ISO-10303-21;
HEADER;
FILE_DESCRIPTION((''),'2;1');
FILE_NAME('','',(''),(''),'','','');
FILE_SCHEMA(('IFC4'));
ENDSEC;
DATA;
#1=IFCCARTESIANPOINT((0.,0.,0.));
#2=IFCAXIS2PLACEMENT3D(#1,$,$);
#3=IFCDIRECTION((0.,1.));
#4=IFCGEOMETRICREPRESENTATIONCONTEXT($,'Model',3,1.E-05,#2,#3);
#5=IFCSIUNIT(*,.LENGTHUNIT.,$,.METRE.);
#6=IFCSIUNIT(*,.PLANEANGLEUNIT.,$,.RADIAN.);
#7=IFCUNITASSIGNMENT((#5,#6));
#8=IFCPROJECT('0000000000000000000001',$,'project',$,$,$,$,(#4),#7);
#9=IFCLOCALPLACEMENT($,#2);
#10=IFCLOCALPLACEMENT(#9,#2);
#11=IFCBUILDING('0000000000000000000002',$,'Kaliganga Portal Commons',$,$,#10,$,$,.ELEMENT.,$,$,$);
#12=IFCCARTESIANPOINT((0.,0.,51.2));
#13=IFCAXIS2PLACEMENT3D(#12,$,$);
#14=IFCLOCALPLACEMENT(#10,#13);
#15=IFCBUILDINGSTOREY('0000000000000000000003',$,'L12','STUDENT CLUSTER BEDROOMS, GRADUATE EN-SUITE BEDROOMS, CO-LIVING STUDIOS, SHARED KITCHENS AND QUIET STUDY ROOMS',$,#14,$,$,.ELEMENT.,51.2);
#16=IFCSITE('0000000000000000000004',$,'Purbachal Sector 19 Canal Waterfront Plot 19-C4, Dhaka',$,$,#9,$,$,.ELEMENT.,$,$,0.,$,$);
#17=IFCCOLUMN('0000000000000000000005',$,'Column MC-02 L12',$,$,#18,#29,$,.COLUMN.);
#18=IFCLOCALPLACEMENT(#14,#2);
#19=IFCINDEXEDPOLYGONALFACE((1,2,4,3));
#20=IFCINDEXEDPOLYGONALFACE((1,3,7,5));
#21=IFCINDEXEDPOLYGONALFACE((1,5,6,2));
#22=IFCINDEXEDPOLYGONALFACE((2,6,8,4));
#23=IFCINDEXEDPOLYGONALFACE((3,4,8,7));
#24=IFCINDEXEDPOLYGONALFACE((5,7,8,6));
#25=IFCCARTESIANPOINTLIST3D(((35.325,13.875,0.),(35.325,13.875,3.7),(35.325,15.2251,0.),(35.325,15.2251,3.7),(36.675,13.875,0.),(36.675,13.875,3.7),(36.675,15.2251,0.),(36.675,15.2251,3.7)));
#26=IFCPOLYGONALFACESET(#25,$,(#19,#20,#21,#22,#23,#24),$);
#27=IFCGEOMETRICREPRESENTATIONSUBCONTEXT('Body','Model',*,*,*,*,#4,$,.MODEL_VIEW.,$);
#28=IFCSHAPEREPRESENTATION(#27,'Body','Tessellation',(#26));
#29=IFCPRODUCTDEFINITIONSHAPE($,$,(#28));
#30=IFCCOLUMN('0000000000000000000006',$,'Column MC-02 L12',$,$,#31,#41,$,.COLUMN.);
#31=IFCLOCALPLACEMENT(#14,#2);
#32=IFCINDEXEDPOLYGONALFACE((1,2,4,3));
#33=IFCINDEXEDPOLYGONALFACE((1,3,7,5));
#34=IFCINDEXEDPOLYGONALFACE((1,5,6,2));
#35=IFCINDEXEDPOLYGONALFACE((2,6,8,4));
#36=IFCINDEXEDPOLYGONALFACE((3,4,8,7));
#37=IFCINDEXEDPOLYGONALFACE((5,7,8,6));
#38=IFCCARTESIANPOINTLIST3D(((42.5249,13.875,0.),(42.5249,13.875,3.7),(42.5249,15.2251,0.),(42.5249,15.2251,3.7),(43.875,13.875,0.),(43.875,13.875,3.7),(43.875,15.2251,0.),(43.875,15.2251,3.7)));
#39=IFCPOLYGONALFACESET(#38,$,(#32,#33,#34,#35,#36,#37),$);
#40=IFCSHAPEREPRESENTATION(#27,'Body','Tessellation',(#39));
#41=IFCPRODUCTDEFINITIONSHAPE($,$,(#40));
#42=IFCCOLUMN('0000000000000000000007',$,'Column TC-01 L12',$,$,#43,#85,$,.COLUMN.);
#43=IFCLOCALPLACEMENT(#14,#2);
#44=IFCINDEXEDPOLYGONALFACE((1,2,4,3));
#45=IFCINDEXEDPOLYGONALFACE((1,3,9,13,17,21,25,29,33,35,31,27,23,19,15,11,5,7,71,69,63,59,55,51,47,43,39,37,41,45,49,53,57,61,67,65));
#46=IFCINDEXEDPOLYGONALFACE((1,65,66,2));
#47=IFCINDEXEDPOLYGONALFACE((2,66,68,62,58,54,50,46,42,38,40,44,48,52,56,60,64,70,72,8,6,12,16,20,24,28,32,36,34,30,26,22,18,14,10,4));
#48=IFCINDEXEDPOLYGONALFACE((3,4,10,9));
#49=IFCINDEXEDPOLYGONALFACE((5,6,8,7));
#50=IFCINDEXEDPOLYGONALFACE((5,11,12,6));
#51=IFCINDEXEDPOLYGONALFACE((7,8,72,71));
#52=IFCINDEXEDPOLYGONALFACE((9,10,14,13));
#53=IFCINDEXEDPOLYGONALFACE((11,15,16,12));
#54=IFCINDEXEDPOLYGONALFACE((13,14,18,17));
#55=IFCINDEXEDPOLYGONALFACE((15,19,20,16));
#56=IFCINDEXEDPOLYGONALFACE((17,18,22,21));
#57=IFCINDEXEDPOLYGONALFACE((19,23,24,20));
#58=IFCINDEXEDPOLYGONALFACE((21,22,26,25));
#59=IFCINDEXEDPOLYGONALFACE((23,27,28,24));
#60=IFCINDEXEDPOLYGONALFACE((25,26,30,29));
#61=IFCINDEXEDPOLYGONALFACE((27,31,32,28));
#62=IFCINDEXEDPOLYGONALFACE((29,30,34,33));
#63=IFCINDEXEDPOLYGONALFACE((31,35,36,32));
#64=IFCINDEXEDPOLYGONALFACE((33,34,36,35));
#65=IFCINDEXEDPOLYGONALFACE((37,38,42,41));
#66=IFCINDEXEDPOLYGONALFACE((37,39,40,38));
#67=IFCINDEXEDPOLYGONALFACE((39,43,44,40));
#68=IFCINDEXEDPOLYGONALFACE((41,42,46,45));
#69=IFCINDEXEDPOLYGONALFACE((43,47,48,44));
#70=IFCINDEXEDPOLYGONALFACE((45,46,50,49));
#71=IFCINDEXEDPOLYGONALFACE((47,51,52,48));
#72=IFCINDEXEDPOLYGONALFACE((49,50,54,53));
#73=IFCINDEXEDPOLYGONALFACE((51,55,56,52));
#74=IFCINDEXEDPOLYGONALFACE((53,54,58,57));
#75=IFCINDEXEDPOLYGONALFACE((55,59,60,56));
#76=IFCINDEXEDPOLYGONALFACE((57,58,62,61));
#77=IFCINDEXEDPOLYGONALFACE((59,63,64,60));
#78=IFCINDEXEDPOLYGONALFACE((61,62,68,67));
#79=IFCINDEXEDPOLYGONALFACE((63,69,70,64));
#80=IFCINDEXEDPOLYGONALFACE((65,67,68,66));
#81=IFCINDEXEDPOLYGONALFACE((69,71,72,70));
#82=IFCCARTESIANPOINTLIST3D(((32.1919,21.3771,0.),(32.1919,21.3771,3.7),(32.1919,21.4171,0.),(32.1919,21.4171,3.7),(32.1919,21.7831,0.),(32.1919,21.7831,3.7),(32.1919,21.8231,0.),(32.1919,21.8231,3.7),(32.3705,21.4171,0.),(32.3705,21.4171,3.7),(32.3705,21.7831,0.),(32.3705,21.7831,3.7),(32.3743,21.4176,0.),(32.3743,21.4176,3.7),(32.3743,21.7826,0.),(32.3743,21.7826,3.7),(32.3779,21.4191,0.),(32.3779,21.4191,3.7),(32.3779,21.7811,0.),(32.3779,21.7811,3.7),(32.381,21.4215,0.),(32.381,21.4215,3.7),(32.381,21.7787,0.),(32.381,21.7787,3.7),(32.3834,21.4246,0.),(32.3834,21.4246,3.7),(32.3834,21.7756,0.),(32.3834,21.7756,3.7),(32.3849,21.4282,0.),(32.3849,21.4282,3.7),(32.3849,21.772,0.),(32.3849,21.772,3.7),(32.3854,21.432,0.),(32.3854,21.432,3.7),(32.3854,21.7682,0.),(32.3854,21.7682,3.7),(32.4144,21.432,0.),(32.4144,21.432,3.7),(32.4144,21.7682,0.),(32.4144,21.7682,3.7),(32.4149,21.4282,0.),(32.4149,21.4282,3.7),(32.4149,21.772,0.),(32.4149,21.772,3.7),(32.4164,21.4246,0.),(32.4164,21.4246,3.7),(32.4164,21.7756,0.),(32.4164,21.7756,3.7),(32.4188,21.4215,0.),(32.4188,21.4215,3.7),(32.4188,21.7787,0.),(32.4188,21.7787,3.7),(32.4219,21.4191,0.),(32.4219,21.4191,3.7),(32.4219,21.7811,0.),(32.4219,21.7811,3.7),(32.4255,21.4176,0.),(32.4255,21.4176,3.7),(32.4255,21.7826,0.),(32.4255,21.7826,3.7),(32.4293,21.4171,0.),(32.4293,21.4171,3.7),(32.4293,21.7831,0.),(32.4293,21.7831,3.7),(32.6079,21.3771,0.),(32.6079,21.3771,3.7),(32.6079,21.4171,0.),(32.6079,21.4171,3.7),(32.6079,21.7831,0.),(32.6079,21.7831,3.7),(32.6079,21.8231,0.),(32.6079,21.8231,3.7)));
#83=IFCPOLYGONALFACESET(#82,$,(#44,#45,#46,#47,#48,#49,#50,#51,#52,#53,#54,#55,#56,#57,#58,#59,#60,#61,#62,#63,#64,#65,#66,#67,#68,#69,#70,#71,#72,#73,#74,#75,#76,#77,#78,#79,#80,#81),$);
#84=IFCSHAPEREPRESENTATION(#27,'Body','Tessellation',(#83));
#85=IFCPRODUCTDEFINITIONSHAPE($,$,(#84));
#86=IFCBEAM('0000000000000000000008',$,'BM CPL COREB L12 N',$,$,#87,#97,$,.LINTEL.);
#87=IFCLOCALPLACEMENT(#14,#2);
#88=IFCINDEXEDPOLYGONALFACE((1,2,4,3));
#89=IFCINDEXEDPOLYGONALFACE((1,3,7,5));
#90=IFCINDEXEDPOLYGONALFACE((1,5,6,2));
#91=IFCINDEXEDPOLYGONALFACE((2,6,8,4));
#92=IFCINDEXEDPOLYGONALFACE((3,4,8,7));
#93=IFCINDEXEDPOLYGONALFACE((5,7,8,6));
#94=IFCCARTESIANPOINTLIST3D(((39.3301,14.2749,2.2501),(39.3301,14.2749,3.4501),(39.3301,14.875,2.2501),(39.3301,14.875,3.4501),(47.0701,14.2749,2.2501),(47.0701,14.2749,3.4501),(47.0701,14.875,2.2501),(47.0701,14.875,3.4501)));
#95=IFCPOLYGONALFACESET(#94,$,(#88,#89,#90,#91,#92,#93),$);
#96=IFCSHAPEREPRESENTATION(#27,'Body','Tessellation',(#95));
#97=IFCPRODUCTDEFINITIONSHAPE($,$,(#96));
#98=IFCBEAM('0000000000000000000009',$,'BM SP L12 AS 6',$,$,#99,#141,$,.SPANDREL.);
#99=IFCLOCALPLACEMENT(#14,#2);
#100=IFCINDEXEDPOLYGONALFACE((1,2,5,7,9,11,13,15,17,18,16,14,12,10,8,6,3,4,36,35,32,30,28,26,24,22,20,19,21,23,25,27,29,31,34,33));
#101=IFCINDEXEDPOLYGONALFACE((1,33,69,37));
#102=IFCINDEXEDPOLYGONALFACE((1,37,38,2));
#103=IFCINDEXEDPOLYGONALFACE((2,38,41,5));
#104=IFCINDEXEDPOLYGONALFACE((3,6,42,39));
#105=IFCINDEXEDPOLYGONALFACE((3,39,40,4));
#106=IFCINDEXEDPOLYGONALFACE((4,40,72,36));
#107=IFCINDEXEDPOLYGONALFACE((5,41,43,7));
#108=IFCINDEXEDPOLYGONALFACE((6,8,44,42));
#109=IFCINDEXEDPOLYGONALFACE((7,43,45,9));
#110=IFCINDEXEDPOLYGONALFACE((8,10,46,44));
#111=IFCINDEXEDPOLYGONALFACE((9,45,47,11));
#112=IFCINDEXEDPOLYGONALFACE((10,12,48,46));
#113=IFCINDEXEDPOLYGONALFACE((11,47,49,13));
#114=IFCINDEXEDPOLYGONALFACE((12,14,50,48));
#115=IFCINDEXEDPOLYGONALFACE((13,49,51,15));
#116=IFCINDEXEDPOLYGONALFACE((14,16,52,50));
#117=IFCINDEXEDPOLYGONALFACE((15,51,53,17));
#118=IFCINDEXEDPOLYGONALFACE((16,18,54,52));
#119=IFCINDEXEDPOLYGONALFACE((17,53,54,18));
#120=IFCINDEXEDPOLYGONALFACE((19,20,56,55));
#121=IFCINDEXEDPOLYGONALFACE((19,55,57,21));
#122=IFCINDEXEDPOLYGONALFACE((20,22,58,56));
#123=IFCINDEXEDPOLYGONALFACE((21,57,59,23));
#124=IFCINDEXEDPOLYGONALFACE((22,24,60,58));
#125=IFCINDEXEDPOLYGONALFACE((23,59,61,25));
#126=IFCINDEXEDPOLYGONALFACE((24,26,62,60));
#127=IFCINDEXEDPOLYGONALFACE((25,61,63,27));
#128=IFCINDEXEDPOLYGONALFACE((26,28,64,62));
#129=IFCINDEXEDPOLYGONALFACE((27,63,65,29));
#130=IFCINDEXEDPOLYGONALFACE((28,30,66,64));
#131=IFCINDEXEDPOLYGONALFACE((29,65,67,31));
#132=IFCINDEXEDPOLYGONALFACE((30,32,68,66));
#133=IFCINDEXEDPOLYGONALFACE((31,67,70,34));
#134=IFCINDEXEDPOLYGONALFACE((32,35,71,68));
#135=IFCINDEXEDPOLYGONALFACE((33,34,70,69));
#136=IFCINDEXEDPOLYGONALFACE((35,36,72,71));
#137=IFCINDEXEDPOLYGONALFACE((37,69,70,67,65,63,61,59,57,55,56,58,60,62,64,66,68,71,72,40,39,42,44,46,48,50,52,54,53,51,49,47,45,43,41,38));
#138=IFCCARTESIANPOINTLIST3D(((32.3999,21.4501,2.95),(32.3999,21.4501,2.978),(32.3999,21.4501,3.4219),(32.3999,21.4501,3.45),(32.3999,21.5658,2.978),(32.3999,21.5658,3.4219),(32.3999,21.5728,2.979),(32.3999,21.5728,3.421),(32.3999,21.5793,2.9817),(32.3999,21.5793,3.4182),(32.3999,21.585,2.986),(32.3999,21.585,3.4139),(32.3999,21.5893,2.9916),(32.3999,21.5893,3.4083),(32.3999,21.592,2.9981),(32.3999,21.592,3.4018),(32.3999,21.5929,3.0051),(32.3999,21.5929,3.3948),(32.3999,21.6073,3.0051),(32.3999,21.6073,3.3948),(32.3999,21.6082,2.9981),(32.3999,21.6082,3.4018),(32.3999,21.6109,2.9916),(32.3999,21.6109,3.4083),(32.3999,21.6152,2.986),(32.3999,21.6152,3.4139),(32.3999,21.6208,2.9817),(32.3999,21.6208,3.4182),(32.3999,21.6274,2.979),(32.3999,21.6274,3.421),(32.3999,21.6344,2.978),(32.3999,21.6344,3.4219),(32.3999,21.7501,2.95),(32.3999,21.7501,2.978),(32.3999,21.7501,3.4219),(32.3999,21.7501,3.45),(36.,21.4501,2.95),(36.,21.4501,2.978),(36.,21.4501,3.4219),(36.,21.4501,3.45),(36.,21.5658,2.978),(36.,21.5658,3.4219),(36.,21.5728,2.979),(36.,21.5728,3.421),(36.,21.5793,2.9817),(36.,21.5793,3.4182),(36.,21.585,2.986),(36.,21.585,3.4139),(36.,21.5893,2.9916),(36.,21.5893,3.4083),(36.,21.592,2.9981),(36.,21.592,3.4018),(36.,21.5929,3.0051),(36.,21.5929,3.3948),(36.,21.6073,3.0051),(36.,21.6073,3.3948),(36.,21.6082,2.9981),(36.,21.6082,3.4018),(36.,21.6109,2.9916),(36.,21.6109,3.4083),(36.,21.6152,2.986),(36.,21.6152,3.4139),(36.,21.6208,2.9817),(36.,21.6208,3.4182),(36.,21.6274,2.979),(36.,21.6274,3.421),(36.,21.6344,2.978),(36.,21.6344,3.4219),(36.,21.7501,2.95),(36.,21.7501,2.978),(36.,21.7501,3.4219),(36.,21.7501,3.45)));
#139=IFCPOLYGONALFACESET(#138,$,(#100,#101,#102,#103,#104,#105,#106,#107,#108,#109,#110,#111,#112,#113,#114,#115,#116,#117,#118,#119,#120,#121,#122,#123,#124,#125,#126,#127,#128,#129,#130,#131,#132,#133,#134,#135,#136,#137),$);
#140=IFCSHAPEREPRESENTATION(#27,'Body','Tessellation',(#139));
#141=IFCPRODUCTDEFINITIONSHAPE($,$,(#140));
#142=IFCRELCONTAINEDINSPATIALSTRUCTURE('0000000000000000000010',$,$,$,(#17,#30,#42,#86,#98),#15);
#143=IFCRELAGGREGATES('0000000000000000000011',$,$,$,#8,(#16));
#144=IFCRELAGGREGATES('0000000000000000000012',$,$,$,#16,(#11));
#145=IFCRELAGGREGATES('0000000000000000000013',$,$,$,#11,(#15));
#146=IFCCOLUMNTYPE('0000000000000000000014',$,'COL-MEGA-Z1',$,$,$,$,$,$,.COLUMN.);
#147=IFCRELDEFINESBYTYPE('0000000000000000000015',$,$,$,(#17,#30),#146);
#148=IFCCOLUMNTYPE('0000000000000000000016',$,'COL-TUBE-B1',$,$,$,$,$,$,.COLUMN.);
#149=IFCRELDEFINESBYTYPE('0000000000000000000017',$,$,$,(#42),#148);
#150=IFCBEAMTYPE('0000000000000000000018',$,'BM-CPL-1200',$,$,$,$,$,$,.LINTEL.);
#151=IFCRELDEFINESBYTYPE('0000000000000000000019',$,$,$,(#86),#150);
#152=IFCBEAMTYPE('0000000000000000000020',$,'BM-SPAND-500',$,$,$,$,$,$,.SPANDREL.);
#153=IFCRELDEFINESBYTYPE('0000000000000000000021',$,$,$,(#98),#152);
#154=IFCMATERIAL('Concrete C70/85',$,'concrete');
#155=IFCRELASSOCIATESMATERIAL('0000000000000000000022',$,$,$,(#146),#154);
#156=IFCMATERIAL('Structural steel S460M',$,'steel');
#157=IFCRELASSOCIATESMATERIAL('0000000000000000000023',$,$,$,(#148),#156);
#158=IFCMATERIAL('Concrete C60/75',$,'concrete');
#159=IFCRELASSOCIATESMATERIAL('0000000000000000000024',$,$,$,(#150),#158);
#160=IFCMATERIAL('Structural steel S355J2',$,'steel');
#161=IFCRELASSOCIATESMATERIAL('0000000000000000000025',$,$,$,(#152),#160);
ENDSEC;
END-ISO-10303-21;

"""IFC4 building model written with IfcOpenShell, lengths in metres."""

from ifc_helpers import new_model, si_unit, direction, frame, origin, origin_2d, place, context, subcontext, project, spatial, rectangle, i_section, extrude, source, transform, mapped, material, material_profile, profile_set, type_object, element, save


model = new_model("IFC4")

# Units and contexts
model_context = context("Model", 3, precision=1e-05, world=origin(), true_north=direction((0.0, 1.0)))
body_context = subcontext(model_context, "Body", "Model", "MODEL_VIEW")
ifc_project = project(units=[si_unit("LENGTHUNIT", "METRE"), si_unit("PLANEANGLEUNIT", "RADIAN")], contexts=[model_context])

# Site, building, storey
site_placement = place(None, origin())
site = spatial("IfcSite", under=ifc_project, at=site_placement, Name="Purbachal Sector 19 Canal Waterfront Plot 19-C4, Dhaka", CompositionType="ELEMENT", RefElevation=0.0)
building_placement = place(site_placement, origin())
building = spatial("IfcBuilding", under=site, at=building_placement, Name="Kaliganga Portal Commons", CompositionType="ELEMENT")
storey_placement = place(building_placement, frame((0.0, 0.0, 51.2)))
storey = spatial("IfcBuildingStorey", under=building, at=storey_placement, Name="L12", Description="STUDENT CLUSTER BEDROOMS, GRADUATE EN-SUITE BEDROOMS, CO-LIVING STUDIOS, SHARED KITCHENS AND QUIET STUDY ROOMS", CompositionType="ELEMENT", Elevation=51.2)

# Columns
ifc_material_1 = material(Name="Concrete C70/85", Category="concrete")
ifc_material_profile_1 = material_profile(ifc_material_1, rectangle(XDim=1.3501, YDim=1.3501, at=origin_2d()), Name="RC 1350x1350")
ifc_profile_set_1 = profile_set([ifc_material_profile_1], Name="Concrete C70/85")
column_type_1 = type_object("IfcColumnType", Name="COL-MEGA-Z1", PredefinedType="COLUMN", material=ifc_profile_set_1)
shared_shape_1 = source(origin(), body_context, "Body", "SweptSolid", [
    extrude(rectangle(XDim=1.3501, YDim=1.3501, at=origin_2d()), origin(), (0.0, 0.0, 1.0), 3.7),
])
for number, where, z_axis, x_axis, name in (
    (1, (36.0, 14.55, 0.0), (0.0, 0.0, 1.0), (1.0, 0.0, 0.0), "Column MC-02 L12"),
    (2, (43.2, 14.55, 0.0), (0.0, 0.0, 1.0), (1.0, 0.0, 0.0), "Column MC-02 L12"),
):
    element("IfcColumn", number, at=place(storey_placement, frame(where, z_axis=z_axis, x_axis=x_axis)), inside=storey, type_object=column_type_1, Name=name, PredefinedType="COLUMN", context=body_context, shape_type="MappedRepresentation", body=[
        mapped(shared_shape_1, transform((0.0, 0.0, 0.0), x_axis=(1.0, 0.0, 0.0), y_axis=(0.0, 1.0, 0.0), z_axis=(0.0, 0.0, 1.0), scale=1.0)),
    ])
ifc_material_2 = material(Name="Structural steel S460M", Category="steel")
ifc_material_profile_2 = material_profile(ifc_material_2, i_section(OverallWidth=0.416, OverallDepth=0.446, WebThickness=0.0291, FlangeThickness=0.04, FilletRadius=0.0149, at=origin_2d()), Name="HD 400x509")
ifc_profile_set_2 = profile_set([ifc_material_profile_2], Name="Structural steel S460M wide-flange")
column_type_2 = type_object("IfcColumnType", Name="COL-TUBE-B1", PredefinedType="COLUMN", material=ifc_profile_set_2)
shared_shape_2 = source(origin(), body_context, "Body", "SweptSolid", [
    extrude(i_section(OverallWidth=0.416, OverallDepth=0.446, WebThickness=0.0291, FlangeThickness=0.04, FilletRadius=0.0149, at=origin_2d()), origin(), (0.0, 0.0, 1.0), 3.7),
])
column_placement = place(storey_placement, frame((32.3999, 21.6001, 0.0), z_axis=(0.0, 0.0, 1.0), x_axis=(1.0, 0.0, 0.0)))
element("IfcColumn", 3, at=column_placement, inside=storey, type_object=column_type_2, Name="Column TC-01 L12", PredefinedType="COLUMN", context=body_context, shape_type="MappedRepresentation", body=[
    mapped(shared_shape_2, transform((0.0, 0.0, 0.0), x_axis=(1.0, 0.0, 0.0), y_axis=(0.0, 1.0, 0.0), z_axis=(0.0, 0.0, 1.0), scale=1.0)),
])

# Beams
ifc_material_3 = material(Name="Concrete C60/75", Category="concrete")
ifc_material_profile_3 = material_profile(ifc_material_3, rectangle(XDim=0.6001, YDim=1.2, at=origin_2d()), Name="RC 600x1200")
ifc_profile_set_3 = profile_set([ifc_material_profile_3], Name="Concrete C60/75")
beam_type_1 = type_object("IfcBeamType", Name="BM-CPL-1200", PredefinedType="LINTEL", material=ifc_profile_set_3)
shared_shape_3 = source(origin(), body_context, "Body", "SweptSolid", [
    extrude(rectangle(XDim=0.6001, YDim=1.2, at=origin_2d()), origin(), (0.0, 0.0, 1.0), 7.74),
])
beam_1_placement = place(storey_placement, frame((39.3301, 14.575, 2.8501), z_axis=(1.0, 0.0, 0.0), x_axis=(0.0, 1.0, 0.0)))
element("IfcBeam", 4, at=beam_1_placement, inside=storey, type_object=beam_type_1, Name="BM CPL COREB L12 N", PredefinedType="LINTEL", context=body_context, shape_type="MappedRepresentation", body=[
    mapped(shared_shape_3, transform((0.0, 0.0, 0.0), x_axis=(1.0, 0.0, 0.0), y_axis=(0.0, 1.0, 0.0), z_axis=(0.0, 0.0, 1.0), scale=1.0)),
])
ifc_material_4 = material(Name="Structural steel S355J2", Category="steel")
ifc_material_profile_4 = material_profile(ifc_material_4, i_section(OverallWidth=0.3, OverallDepth=0.5, WebThickness=0.0144, FlangeThickness=0.0281, FilletRadius=0.0271, at=origin_2d()), Name="HE 500 B")
ifc_profile_set_4 = profile_set([ifc_material_profile_4], Name="Structural steel S355J2 wide-flange")
beam_type_2 = type_object("IfcBeamType", Name="BM-SPAND-500", PredefinedType="SPANDREL", material=ifc_profile_set_4)
shared_shape_4 = source(origin(), body_context, "Body", "SweptSolid", [
    extrude(i_section(OverallWidth=0.3, OverallDepth=0.5, WebThickness=0.0144, FlangeThickness=0.0281, FilletRadius=0.0271, at=origin_2d()), origin(), (0.0, 0.0, 1.0), 3.6001),
])
beam_2_placement = place(storey_placement, frame((32.3999, 21.6001, 3.2), z_axis=(1.0, 0.0, 0.0), x_axis=(0.0, 1.0, 0.0)))
element("IfcBeam", 5, at=beam_2_placement, inside=storey, type_object=beam_type_2, Name="BM SP L12 AS 6", PredefinedType="SPANDREL", context=body_context, shape_type="MappedRepresentation", body=[
    mapped(shared_shape_4, transform((0.0, 0.0, 0.0), x_axis=(1.0, 0.0, 0.0), y_axis=(0.0, 1.0, 0.0), z_axis=(0.0, 0.0, 1.0), scale=1.0)),
])

save(model, "model.ifc")
